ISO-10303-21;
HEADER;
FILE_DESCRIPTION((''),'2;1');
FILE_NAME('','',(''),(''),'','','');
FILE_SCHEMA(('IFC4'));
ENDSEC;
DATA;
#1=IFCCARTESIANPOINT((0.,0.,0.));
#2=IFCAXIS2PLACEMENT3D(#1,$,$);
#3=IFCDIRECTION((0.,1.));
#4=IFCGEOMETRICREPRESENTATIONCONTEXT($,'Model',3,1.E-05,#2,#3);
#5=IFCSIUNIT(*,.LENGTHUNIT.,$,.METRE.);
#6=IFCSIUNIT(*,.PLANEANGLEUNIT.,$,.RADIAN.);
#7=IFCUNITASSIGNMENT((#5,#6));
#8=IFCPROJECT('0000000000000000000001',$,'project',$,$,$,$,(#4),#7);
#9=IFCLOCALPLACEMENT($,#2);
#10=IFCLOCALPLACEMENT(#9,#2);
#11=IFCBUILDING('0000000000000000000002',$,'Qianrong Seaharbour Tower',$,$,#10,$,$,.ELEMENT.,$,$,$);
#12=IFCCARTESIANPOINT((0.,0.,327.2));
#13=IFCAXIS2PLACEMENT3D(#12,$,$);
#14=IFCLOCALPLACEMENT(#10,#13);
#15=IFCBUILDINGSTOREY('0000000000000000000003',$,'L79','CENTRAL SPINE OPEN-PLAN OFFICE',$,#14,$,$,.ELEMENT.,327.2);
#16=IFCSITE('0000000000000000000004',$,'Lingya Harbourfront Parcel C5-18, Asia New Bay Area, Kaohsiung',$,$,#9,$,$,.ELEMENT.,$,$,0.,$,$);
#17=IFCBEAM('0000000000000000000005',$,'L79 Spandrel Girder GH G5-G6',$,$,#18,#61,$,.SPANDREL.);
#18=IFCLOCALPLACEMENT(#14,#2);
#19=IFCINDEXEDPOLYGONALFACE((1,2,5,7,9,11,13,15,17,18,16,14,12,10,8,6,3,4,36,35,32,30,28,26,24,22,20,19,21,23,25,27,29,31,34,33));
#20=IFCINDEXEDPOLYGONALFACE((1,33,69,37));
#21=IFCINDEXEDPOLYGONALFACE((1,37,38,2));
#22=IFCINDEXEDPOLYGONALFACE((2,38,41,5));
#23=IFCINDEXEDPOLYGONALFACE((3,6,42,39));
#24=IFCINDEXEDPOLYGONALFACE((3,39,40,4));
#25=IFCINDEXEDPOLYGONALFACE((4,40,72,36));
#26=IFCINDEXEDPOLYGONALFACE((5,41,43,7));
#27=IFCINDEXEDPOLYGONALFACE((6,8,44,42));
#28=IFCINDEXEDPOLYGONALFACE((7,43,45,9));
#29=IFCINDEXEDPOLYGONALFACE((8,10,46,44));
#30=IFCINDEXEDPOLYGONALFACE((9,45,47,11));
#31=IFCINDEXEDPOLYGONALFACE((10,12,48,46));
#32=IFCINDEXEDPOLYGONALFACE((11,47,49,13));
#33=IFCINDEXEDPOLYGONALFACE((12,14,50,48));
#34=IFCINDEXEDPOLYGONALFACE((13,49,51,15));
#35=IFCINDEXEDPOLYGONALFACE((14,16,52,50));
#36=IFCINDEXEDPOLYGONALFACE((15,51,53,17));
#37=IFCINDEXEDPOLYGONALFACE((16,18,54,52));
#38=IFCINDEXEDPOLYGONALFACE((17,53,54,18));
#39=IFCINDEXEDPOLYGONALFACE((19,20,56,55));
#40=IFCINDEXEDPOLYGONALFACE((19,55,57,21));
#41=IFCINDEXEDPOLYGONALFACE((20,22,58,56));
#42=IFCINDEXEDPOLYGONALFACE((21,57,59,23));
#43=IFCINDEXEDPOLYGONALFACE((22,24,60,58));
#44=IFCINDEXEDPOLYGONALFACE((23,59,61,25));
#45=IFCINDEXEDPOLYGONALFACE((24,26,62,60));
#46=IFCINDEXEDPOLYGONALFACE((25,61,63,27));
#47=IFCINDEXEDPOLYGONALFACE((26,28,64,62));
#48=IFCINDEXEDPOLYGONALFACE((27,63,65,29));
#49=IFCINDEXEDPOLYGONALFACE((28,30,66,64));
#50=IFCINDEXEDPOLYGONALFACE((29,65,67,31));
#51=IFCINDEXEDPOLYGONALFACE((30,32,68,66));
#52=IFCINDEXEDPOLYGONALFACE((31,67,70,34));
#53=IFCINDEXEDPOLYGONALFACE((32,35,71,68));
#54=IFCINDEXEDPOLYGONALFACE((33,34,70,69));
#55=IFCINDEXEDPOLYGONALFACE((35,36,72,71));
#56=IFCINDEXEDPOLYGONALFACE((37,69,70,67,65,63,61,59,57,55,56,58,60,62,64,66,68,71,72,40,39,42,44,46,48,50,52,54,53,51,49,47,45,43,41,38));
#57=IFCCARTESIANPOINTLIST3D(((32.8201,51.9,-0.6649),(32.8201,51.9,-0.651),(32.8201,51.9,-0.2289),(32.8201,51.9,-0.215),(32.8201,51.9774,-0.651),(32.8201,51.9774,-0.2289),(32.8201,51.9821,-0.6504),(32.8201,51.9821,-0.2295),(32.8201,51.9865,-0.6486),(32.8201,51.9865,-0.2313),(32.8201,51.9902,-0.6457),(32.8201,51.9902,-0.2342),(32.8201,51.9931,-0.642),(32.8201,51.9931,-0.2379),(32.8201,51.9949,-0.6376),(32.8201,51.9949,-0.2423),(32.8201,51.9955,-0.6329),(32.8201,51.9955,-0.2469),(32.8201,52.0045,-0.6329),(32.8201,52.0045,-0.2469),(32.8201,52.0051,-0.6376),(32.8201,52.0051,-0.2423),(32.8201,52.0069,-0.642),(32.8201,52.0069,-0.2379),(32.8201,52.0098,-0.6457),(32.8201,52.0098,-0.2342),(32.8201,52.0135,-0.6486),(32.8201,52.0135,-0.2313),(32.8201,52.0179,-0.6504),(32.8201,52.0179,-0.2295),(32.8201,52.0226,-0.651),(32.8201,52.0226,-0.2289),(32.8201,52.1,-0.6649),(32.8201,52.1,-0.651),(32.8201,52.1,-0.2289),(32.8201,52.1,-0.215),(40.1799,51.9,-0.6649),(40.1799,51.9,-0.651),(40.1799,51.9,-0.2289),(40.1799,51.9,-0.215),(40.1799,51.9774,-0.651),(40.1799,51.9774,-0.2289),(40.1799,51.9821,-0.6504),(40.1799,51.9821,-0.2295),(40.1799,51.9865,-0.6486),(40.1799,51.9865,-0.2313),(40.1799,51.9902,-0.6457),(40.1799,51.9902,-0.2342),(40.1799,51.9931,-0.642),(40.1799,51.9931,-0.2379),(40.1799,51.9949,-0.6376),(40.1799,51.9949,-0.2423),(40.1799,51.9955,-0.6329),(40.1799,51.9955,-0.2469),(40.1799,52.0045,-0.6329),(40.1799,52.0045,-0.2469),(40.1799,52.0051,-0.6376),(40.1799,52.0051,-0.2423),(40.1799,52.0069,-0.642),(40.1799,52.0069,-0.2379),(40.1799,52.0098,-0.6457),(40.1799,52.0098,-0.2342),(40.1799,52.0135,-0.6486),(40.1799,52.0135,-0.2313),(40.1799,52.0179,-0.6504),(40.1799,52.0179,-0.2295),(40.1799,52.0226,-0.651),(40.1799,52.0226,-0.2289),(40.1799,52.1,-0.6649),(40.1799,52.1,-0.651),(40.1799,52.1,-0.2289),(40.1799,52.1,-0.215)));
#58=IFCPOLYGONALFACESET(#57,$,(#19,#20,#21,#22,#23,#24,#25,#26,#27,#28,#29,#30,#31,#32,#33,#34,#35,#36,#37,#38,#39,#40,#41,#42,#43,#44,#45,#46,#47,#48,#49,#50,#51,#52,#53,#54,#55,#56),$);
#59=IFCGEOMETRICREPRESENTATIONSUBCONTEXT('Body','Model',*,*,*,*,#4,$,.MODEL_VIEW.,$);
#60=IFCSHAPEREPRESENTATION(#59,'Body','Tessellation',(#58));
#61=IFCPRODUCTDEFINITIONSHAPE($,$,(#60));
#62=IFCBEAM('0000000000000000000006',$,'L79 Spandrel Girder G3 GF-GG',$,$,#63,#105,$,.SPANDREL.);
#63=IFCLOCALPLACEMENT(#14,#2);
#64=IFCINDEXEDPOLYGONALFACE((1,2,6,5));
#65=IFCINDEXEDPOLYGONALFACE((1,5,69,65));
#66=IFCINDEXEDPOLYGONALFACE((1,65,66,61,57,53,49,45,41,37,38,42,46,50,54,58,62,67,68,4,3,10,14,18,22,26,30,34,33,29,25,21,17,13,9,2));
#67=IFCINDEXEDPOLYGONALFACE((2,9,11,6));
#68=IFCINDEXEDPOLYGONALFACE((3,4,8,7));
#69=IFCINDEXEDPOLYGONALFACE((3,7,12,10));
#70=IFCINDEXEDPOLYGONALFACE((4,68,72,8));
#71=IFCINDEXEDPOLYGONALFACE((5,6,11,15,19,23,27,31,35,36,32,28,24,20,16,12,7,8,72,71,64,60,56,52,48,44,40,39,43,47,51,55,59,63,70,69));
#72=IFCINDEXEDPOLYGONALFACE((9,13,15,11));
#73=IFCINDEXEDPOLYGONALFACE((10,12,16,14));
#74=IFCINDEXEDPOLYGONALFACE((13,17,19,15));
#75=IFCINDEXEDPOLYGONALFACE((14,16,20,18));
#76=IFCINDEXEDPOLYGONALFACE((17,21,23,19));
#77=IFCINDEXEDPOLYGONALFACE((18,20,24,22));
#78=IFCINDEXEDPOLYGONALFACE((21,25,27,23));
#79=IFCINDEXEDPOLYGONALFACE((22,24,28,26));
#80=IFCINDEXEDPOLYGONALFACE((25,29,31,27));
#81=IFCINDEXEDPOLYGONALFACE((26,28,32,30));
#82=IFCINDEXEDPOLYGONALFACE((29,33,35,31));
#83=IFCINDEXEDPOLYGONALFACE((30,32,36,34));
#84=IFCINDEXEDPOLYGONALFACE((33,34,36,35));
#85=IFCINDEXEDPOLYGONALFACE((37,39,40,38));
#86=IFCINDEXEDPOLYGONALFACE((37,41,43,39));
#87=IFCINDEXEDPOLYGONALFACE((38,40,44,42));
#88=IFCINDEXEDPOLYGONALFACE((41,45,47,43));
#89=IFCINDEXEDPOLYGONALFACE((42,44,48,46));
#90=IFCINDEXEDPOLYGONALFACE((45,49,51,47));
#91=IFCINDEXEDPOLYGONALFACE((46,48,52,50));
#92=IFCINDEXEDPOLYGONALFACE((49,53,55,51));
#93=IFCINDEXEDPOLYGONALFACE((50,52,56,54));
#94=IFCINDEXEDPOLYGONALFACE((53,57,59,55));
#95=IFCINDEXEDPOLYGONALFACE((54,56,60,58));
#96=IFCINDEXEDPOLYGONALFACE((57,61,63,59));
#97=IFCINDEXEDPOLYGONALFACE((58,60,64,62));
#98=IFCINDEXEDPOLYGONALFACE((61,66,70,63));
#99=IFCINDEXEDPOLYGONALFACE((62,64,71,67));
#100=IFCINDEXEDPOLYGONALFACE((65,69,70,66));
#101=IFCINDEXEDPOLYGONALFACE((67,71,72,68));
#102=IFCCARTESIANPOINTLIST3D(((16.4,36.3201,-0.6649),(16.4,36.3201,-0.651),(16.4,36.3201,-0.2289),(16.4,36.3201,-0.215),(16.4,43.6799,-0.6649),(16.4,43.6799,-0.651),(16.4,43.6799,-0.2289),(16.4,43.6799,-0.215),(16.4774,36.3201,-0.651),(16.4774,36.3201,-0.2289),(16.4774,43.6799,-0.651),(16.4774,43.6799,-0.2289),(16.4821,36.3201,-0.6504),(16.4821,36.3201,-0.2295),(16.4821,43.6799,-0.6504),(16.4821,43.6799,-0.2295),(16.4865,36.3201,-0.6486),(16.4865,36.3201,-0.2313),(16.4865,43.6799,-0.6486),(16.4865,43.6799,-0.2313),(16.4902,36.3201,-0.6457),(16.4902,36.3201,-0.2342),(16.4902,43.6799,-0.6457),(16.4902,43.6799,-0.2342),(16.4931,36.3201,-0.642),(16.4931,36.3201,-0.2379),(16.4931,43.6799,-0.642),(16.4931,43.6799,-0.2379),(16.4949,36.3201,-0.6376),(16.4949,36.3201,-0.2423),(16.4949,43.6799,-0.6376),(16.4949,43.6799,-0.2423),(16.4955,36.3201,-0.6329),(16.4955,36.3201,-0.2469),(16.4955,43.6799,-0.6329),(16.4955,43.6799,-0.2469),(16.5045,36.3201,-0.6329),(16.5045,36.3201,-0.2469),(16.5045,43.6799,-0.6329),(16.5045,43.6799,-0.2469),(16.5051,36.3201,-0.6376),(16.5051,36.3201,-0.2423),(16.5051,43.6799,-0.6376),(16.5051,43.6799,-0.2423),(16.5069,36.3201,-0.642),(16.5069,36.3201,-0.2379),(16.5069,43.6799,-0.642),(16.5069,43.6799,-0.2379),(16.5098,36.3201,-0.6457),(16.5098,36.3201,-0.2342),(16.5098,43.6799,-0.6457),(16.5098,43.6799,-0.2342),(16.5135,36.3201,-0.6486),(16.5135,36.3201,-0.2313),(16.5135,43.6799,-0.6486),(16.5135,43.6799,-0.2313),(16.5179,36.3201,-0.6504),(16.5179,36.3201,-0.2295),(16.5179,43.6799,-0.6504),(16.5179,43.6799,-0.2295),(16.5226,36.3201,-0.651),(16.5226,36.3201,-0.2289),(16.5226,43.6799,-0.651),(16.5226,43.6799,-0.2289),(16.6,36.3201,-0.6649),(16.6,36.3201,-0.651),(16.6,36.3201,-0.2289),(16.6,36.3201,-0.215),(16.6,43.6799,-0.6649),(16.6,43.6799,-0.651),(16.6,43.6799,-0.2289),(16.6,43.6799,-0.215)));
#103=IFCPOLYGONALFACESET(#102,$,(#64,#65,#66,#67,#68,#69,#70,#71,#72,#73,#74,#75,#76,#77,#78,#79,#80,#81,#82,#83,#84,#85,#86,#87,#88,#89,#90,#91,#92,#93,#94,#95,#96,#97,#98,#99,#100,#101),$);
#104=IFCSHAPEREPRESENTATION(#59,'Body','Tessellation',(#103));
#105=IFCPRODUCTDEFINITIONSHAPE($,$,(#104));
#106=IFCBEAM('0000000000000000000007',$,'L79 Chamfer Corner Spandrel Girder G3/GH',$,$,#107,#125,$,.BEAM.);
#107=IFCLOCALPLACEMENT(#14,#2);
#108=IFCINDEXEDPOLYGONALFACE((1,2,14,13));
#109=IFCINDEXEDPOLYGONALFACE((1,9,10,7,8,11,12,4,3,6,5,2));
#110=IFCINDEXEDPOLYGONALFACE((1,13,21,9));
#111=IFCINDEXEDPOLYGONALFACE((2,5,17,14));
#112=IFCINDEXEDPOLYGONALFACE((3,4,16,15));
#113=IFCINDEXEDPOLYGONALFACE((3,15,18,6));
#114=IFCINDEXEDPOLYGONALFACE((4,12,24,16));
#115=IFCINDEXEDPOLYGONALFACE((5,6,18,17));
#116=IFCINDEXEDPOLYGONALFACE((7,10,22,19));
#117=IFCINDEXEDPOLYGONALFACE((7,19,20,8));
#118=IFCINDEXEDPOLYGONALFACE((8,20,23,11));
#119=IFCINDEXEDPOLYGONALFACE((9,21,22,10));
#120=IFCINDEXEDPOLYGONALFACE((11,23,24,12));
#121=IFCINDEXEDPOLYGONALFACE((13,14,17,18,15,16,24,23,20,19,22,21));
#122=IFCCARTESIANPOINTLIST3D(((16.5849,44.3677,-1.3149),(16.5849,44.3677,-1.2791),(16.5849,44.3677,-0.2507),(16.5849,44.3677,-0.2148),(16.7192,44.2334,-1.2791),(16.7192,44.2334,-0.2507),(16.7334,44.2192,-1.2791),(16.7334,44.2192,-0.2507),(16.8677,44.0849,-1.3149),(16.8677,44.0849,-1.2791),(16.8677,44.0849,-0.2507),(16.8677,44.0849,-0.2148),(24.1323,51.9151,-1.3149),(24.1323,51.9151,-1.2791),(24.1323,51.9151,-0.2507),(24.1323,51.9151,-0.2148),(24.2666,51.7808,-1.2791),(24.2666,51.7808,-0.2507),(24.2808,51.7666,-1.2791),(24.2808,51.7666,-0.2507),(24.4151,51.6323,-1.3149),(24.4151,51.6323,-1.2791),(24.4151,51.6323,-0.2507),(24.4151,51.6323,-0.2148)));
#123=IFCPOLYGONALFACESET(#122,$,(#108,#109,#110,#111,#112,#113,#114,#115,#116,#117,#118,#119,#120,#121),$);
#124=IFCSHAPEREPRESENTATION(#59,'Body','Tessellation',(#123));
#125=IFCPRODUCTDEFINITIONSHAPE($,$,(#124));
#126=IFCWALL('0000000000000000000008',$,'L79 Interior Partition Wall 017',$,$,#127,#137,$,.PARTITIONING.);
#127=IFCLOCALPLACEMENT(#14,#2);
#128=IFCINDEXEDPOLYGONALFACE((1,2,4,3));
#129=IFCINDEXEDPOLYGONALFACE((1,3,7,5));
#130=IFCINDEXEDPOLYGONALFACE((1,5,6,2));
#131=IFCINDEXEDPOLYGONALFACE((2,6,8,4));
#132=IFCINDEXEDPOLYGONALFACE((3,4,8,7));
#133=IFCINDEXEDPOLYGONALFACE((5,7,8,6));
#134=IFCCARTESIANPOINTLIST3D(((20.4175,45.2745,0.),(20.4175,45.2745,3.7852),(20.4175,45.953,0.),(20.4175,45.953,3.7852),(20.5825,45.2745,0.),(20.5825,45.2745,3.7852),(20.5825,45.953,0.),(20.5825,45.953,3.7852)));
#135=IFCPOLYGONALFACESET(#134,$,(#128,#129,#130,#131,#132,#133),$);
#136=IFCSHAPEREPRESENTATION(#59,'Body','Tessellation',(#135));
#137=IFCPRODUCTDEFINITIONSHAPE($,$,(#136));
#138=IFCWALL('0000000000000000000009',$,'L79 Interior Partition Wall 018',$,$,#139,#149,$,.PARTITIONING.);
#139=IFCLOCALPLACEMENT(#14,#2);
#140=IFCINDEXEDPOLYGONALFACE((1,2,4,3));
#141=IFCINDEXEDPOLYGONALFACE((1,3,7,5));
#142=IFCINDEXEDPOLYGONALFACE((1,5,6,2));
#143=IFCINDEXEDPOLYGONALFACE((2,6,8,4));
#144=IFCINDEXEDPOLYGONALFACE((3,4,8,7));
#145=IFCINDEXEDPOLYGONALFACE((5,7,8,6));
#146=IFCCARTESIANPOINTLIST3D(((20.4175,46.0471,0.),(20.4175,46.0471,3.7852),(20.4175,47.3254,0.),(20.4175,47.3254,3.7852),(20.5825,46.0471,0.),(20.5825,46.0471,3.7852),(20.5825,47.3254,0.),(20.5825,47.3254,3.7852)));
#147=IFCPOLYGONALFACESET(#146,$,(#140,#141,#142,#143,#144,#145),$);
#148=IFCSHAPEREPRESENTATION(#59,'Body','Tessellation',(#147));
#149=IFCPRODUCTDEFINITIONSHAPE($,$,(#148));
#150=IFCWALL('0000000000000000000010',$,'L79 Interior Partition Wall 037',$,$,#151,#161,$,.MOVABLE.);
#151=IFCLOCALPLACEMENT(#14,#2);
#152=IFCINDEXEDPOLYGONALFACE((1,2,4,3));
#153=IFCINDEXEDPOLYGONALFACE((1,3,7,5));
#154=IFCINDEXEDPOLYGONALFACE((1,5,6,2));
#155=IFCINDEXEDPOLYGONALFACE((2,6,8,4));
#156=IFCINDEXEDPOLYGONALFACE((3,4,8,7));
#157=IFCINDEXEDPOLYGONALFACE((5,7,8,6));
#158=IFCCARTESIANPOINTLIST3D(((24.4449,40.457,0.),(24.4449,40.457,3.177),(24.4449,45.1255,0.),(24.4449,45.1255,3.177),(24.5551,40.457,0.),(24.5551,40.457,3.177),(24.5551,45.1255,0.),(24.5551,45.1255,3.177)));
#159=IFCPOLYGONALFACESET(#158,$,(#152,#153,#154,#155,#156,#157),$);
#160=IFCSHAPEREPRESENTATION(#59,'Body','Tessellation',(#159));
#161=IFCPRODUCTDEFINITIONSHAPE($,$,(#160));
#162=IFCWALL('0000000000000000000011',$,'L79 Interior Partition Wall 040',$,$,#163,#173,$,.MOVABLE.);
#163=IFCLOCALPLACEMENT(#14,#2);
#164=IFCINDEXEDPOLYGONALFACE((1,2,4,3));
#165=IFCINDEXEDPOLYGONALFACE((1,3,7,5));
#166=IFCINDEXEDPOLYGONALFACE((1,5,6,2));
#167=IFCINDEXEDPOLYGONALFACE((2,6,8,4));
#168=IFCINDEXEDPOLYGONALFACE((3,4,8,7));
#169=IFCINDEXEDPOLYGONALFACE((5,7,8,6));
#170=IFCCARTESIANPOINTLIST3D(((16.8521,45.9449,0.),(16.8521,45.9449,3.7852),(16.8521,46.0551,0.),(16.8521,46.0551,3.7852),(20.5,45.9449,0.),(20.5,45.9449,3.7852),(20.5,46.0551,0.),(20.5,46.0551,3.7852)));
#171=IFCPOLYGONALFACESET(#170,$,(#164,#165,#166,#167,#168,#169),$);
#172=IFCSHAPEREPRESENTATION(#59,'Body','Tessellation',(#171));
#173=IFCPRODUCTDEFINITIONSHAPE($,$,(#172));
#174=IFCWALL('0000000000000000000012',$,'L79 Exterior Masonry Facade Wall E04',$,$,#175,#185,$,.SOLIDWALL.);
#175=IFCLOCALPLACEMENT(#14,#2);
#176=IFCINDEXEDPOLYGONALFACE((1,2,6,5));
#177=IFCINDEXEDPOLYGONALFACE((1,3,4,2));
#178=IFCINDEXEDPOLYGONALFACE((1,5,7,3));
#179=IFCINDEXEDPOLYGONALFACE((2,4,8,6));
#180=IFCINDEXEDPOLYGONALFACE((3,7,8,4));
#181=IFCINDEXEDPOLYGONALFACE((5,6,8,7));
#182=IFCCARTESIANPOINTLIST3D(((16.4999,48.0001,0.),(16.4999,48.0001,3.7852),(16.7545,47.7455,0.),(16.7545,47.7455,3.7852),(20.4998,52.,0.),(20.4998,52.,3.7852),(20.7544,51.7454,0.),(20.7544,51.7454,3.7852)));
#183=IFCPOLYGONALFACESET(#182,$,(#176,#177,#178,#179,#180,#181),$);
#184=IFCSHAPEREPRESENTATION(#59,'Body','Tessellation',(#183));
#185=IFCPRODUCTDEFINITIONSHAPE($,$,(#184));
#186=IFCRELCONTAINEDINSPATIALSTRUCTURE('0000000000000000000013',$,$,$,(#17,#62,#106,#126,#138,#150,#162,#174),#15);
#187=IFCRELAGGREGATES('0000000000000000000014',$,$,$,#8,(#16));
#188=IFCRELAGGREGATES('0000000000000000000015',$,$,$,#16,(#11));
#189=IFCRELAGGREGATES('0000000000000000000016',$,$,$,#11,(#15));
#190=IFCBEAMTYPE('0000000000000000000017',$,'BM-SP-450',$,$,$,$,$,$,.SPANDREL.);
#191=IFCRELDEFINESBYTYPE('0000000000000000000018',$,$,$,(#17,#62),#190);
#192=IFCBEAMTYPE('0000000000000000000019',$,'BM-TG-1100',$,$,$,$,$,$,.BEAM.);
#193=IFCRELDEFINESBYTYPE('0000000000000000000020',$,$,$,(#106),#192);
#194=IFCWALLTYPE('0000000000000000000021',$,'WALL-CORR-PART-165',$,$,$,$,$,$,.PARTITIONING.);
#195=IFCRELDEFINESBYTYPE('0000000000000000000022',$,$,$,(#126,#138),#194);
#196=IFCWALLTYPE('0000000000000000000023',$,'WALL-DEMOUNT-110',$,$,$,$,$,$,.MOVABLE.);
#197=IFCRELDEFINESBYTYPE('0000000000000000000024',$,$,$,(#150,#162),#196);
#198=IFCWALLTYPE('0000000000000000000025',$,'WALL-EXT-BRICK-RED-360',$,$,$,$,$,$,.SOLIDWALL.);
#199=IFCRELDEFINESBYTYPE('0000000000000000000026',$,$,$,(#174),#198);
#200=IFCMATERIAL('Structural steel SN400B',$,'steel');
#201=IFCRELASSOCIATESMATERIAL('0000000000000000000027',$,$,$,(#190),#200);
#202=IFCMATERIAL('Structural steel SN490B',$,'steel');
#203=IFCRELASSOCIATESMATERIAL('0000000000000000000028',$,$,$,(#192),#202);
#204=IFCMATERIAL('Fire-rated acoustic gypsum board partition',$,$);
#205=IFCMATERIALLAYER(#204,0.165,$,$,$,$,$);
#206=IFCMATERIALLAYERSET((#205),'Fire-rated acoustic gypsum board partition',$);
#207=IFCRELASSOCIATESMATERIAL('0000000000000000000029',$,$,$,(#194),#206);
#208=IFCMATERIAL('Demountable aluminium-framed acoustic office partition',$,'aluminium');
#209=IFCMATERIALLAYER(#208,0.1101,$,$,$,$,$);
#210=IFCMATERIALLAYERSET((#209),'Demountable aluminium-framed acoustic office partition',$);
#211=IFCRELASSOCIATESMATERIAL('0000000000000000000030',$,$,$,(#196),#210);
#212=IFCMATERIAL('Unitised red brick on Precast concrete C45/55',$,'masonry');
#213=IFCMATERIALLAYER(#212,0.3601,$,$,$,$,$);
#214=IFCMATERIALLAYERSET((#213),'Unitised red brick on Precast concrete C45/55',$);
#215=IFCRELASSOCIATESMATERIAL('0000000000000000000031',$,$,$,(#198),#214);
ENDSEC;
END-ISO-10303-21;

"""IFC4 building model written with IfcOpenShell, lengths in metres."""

from ifc_helpers import new_model, si_unit, direction, frame, frame_2d, origin, origin_2d, place, context, subcontext, project, spatial, rectangle, i_section, extrude, material, layer, layer_set, material_profile, profile_set, type_object, element, save


model = new_model("IFC4")

# Units and contexts
model_context = context("Model", 3, precision=1e-05, world=origin(), true_north=direction((0.0, 1.0)))
body_context = subcontext(model_context, "Body", "Model", "MODEL_VIEW")
ifc_project = project(units=[si_unit("LENGTHUNIT", "METRE"), si_unit("PLANEANGLEUNIT", "RADIAN")], contexts=[model_context])

# Site, building, storey
site_placement = place(None, origin())
site = spatial("IfcSite", under=ifc_project, at=site_placement, Name="Lingya Harbourfront Parcel C5-18, Asia New Bay Area, Kaohsiung", CompositionType="ELEMENT", RefElevation=0.0)
building_placement = place(site_placement, origin())
building = spatial("IfcBuilding", under=site, at=building_placement, Name="Qianrong Seaharbour Tower", CompositionType="ELEMENT")
storey_placement = place(building_placement, frame((0.0, 0.0, 327.2)))
storey = spatial("IfcBuildingStorey", under=building, at=storey_placement, Name="L79", Description="CENTRAL SPINE OPEN-PLAN OFFICE", CompositionType="ELEMENT", Elevation=327.2)

# Shared definitions
ifc_material_1 = material(Name="Structural steel SN490B", Category="steel")
ifc_material_2 = material(Name="Structural steel SN400B", Category="steel")

# Beams
ifc_material_profile_1 = material_profile(ifc_material_2, i_section(OverallWidth=0.2, OverallDepth=0.45, WebThickness=0.009, FlangeThickness=0.0139, FilletRadius=0.0181, at=origin_2d()), Name="H450x200x9x14")
ifc_profile_set_1 = profile_set([ifc_material_profile_1], Name="Structural steel SN400B")
beam_type_1 = type_object("IfcBeamType", Name="BM-SP-450", PredefinedType="SPANDREL", material=ifc_profile_set_1)
for number, where, z_axis, x_axis, name in (
    (1, (32.8201, 52.0, -0.4399), (1.0, 0.0, 0.0), (0.0, 1.0, 0.0), "L79 Spandrel Girder GH G5-G6"),
    (2, (16.5, 36.3201, -0.4399), (0.0, 1.0, 0.0), (-1.0, 0.0, 0.0), "L79 Spandrel Girder G3 GF-GG"),
):
    element("IfcBeam", number, at=place(storey_placement, frame(where, z_axis=z_axis, x_axis=x_axis)), inside=storey, type_object=beam_type_1, Name=name, PredefinedType="SPANDREL", context=body_context, shape_type="SweptSolid", body=[
        extrude(i_section(OverallWidth=0.2, OverallDepth=0.45, WebThickness=0.009, FlangeThickness=0.0139, FilletRadius=0.0181, at=origin_2d()), origin(), (0.0, 0.0, 1.0), 7.3599),
    ])
ifc_material_profile_2 = material_profile(ifc_material_1, i_section(OverallWidth=0.3999, OverallDepth=1.1001, WebThickness=0.02, FlangeThickness=0.0359, at=origin_2d()), Name="BH1100x400x20x36")
ifc_profile_set_2 = profile_set([ifc_material_profile_2], Name="Structural steel SN490B")
beam_type_2 = type_object("IfcBeamType", Name="BM-TG-1100", PredefinedType="BEAM", material=ifc_profile_set_2)
beam_1_placement = place(storey_placement, frame((24.2737, 51.7737, -0.7649), z_axis=(-0.707107, -0.707107, 0.0), x_axis=(0.707107, -0.707107, 0.0)))
element("IfcBeam", 3, at=beam_1_placement, inside=storey, type_object=beam_type_2, Name="L79 Chamfer Corner Spandrel Girder G3/GH", PredefinedType="BEAM", context=body_context, shape_type="SweptSolid", body=[
    extrude(i_section(OverallWidth=0.3999, OverallDepth=1.1001, WebThickness=0.02, FlangeThickness=0.0359, at=origin_2d()), origin(), (0.0, 0.0, 1.0), 10.6736),
])

# Shared definitions
ifc_material_3 = material(Name="Fire-rated acoustic gypsum board partition")
ifc_layer_1 = layer(ifc_material_3, 0.165)
ifc_layer_set_1 = layer_set([ifc_layer_1], Name="Fire-rated acoustic gypsum board partition")
wall_type_1 = type_object("IfcWallType", Name="WALL-CORR-PART-165", PredefinedType="PARTITIONING", material=ifc_layer_set_1)

# Walls
wall_1_placement = place(storey_placement, frame((20.5, 45.2744, 0.0), z_axis=(0.0, 0.0, 1.0), x_axis=(0.0, 1.0, 0.0)))
element("IfcWall", 4, at=wall_1_placement, inside=storey, type_object=wall_type_1, Name="L79 Interior Partition Wall 017", PredefinedType="PARTITIONING", context=body_context, shape_type="SweptSolid", body=[
    extrude(rectangle(XDim=0.6785, YDim=0.165, at=frame_2d((0.3394, 0.0))), origin(), (0.0, 0.0, 1.0), 3.7852),
])
wall_2_placement = place(storey_placement, frame((20.5, 46.0471, 0.0), z_axis=(0.0, 0.0, 1.0), x_axis=(0.0, 1.0, 0.0)))
element("IfcWall", 5, at=wall_2_placement, inside=storey, type_object=wall_type_1, Name="L79 Interior Partition Wall 018", PredefinedType="PARTITIONING", context=body_context, shape_type="SweptSolid", body=[
    extrude(rectangle(XDim=1.2783, YDim=0.165, at=frame_2d((0.6392, 0.0))), origin(), (0.0, 0.0, 1.0), 3.7852),
])

# Walls
ifc_material_4 = material(Name="Demountable aluminium-framed acoustic office partition", Category="aluminium")
ifc_layer_2 = layer(ifc_material_4, 0.1101)
ifc_layer_set_2 = layer_set([ifc_layer_2], Name="Demountable aluminium-framed acoustic office partition")
wall_type_2 = type_object("IfcWallType", Name="WALL-DEMOUNT-110", PredefinedType="MOVABLE", material=ifc_layer_set_2)
wall_3_placement = place(storey_placement, frame((24.5, 40.457, 0.0), z_axis=(0.0, 0.0, 1.0), x_axis=(0.0, 1.0, 0.0)))
element("IfcWall", 6, at=wall_3_placement, inside=storey, type_object=wall_type_2, Name="L79 Interior Partition Wall 037", PredefinedType="MOVABLE", context=body_context, shape_type="SweptSolid", body=[
    extrude(rectangle(XDim=4.6685, YDim=0.1101, at=frame_2d((2.3342, 0.0))), origin(), (0.0, 0.0, 1.0), 3.177),
])
wall_4_placement = place(storey_placement, frame((16.8521, 46.0, 0.0), z_axis=(0.0, 0.0, 1.0), x_axis=(1.0, 0.0, 0.0)))
element("IfcWall", 7, at=wall_4_placement, inside=storey, type_object=wall_type_2, Name="L79 Interior Partition Wall 040", PredefinedType="MOVABLE", context=body_context, shape_type="SweptSolid", body=[
    extrude(rectangle(XDim=3.6479, YDim=0.1101, at=frame_2d((1.824, 0.0))), origin(), (0.0, 0.0, 1.0), 3.7852),
])
ifc_material_5 = material(Name="Unitised red brick on Precast concrete C45/55", Category="masonry")
ifc_layer_3 = layer(ifc_material_5, 0.3601)
ifc_layer_set_3 = layer_set([ifc_layer_3], Name="Unitised red brick on Precast concrete C45/55")
wall_type_3 = type_object("IfcWallType", Name="WALL-EXT-BRICK-RED-360", PredefinedType="SOLIDWALL", material=ifc_layer_set_3)
wall_5_placement = place(storey_placement, frame((16.6272, 47.8728, 0.0), z_axis=(0.0, 0.0, 1.0), x_axis=(0.707107, 0.707107, 0.0)))
element("IfcWall", 8, at=wall_5_placement, inside=storey, type_object=wall_type_3, Name="L79 Exterior Masonry Facade Wall E04", PredefinedType="SOLIDWALL", context=body_context, shape_type="SweptSolid", body=[
    extrude(rectangle(XDim=5.6567, YDim=0.3601, at=frame_2d((2.8284, 0.0))), origin(), (0.0, 0.0, 1.0), 3.7852),
])

save(model, "model.ifc")
